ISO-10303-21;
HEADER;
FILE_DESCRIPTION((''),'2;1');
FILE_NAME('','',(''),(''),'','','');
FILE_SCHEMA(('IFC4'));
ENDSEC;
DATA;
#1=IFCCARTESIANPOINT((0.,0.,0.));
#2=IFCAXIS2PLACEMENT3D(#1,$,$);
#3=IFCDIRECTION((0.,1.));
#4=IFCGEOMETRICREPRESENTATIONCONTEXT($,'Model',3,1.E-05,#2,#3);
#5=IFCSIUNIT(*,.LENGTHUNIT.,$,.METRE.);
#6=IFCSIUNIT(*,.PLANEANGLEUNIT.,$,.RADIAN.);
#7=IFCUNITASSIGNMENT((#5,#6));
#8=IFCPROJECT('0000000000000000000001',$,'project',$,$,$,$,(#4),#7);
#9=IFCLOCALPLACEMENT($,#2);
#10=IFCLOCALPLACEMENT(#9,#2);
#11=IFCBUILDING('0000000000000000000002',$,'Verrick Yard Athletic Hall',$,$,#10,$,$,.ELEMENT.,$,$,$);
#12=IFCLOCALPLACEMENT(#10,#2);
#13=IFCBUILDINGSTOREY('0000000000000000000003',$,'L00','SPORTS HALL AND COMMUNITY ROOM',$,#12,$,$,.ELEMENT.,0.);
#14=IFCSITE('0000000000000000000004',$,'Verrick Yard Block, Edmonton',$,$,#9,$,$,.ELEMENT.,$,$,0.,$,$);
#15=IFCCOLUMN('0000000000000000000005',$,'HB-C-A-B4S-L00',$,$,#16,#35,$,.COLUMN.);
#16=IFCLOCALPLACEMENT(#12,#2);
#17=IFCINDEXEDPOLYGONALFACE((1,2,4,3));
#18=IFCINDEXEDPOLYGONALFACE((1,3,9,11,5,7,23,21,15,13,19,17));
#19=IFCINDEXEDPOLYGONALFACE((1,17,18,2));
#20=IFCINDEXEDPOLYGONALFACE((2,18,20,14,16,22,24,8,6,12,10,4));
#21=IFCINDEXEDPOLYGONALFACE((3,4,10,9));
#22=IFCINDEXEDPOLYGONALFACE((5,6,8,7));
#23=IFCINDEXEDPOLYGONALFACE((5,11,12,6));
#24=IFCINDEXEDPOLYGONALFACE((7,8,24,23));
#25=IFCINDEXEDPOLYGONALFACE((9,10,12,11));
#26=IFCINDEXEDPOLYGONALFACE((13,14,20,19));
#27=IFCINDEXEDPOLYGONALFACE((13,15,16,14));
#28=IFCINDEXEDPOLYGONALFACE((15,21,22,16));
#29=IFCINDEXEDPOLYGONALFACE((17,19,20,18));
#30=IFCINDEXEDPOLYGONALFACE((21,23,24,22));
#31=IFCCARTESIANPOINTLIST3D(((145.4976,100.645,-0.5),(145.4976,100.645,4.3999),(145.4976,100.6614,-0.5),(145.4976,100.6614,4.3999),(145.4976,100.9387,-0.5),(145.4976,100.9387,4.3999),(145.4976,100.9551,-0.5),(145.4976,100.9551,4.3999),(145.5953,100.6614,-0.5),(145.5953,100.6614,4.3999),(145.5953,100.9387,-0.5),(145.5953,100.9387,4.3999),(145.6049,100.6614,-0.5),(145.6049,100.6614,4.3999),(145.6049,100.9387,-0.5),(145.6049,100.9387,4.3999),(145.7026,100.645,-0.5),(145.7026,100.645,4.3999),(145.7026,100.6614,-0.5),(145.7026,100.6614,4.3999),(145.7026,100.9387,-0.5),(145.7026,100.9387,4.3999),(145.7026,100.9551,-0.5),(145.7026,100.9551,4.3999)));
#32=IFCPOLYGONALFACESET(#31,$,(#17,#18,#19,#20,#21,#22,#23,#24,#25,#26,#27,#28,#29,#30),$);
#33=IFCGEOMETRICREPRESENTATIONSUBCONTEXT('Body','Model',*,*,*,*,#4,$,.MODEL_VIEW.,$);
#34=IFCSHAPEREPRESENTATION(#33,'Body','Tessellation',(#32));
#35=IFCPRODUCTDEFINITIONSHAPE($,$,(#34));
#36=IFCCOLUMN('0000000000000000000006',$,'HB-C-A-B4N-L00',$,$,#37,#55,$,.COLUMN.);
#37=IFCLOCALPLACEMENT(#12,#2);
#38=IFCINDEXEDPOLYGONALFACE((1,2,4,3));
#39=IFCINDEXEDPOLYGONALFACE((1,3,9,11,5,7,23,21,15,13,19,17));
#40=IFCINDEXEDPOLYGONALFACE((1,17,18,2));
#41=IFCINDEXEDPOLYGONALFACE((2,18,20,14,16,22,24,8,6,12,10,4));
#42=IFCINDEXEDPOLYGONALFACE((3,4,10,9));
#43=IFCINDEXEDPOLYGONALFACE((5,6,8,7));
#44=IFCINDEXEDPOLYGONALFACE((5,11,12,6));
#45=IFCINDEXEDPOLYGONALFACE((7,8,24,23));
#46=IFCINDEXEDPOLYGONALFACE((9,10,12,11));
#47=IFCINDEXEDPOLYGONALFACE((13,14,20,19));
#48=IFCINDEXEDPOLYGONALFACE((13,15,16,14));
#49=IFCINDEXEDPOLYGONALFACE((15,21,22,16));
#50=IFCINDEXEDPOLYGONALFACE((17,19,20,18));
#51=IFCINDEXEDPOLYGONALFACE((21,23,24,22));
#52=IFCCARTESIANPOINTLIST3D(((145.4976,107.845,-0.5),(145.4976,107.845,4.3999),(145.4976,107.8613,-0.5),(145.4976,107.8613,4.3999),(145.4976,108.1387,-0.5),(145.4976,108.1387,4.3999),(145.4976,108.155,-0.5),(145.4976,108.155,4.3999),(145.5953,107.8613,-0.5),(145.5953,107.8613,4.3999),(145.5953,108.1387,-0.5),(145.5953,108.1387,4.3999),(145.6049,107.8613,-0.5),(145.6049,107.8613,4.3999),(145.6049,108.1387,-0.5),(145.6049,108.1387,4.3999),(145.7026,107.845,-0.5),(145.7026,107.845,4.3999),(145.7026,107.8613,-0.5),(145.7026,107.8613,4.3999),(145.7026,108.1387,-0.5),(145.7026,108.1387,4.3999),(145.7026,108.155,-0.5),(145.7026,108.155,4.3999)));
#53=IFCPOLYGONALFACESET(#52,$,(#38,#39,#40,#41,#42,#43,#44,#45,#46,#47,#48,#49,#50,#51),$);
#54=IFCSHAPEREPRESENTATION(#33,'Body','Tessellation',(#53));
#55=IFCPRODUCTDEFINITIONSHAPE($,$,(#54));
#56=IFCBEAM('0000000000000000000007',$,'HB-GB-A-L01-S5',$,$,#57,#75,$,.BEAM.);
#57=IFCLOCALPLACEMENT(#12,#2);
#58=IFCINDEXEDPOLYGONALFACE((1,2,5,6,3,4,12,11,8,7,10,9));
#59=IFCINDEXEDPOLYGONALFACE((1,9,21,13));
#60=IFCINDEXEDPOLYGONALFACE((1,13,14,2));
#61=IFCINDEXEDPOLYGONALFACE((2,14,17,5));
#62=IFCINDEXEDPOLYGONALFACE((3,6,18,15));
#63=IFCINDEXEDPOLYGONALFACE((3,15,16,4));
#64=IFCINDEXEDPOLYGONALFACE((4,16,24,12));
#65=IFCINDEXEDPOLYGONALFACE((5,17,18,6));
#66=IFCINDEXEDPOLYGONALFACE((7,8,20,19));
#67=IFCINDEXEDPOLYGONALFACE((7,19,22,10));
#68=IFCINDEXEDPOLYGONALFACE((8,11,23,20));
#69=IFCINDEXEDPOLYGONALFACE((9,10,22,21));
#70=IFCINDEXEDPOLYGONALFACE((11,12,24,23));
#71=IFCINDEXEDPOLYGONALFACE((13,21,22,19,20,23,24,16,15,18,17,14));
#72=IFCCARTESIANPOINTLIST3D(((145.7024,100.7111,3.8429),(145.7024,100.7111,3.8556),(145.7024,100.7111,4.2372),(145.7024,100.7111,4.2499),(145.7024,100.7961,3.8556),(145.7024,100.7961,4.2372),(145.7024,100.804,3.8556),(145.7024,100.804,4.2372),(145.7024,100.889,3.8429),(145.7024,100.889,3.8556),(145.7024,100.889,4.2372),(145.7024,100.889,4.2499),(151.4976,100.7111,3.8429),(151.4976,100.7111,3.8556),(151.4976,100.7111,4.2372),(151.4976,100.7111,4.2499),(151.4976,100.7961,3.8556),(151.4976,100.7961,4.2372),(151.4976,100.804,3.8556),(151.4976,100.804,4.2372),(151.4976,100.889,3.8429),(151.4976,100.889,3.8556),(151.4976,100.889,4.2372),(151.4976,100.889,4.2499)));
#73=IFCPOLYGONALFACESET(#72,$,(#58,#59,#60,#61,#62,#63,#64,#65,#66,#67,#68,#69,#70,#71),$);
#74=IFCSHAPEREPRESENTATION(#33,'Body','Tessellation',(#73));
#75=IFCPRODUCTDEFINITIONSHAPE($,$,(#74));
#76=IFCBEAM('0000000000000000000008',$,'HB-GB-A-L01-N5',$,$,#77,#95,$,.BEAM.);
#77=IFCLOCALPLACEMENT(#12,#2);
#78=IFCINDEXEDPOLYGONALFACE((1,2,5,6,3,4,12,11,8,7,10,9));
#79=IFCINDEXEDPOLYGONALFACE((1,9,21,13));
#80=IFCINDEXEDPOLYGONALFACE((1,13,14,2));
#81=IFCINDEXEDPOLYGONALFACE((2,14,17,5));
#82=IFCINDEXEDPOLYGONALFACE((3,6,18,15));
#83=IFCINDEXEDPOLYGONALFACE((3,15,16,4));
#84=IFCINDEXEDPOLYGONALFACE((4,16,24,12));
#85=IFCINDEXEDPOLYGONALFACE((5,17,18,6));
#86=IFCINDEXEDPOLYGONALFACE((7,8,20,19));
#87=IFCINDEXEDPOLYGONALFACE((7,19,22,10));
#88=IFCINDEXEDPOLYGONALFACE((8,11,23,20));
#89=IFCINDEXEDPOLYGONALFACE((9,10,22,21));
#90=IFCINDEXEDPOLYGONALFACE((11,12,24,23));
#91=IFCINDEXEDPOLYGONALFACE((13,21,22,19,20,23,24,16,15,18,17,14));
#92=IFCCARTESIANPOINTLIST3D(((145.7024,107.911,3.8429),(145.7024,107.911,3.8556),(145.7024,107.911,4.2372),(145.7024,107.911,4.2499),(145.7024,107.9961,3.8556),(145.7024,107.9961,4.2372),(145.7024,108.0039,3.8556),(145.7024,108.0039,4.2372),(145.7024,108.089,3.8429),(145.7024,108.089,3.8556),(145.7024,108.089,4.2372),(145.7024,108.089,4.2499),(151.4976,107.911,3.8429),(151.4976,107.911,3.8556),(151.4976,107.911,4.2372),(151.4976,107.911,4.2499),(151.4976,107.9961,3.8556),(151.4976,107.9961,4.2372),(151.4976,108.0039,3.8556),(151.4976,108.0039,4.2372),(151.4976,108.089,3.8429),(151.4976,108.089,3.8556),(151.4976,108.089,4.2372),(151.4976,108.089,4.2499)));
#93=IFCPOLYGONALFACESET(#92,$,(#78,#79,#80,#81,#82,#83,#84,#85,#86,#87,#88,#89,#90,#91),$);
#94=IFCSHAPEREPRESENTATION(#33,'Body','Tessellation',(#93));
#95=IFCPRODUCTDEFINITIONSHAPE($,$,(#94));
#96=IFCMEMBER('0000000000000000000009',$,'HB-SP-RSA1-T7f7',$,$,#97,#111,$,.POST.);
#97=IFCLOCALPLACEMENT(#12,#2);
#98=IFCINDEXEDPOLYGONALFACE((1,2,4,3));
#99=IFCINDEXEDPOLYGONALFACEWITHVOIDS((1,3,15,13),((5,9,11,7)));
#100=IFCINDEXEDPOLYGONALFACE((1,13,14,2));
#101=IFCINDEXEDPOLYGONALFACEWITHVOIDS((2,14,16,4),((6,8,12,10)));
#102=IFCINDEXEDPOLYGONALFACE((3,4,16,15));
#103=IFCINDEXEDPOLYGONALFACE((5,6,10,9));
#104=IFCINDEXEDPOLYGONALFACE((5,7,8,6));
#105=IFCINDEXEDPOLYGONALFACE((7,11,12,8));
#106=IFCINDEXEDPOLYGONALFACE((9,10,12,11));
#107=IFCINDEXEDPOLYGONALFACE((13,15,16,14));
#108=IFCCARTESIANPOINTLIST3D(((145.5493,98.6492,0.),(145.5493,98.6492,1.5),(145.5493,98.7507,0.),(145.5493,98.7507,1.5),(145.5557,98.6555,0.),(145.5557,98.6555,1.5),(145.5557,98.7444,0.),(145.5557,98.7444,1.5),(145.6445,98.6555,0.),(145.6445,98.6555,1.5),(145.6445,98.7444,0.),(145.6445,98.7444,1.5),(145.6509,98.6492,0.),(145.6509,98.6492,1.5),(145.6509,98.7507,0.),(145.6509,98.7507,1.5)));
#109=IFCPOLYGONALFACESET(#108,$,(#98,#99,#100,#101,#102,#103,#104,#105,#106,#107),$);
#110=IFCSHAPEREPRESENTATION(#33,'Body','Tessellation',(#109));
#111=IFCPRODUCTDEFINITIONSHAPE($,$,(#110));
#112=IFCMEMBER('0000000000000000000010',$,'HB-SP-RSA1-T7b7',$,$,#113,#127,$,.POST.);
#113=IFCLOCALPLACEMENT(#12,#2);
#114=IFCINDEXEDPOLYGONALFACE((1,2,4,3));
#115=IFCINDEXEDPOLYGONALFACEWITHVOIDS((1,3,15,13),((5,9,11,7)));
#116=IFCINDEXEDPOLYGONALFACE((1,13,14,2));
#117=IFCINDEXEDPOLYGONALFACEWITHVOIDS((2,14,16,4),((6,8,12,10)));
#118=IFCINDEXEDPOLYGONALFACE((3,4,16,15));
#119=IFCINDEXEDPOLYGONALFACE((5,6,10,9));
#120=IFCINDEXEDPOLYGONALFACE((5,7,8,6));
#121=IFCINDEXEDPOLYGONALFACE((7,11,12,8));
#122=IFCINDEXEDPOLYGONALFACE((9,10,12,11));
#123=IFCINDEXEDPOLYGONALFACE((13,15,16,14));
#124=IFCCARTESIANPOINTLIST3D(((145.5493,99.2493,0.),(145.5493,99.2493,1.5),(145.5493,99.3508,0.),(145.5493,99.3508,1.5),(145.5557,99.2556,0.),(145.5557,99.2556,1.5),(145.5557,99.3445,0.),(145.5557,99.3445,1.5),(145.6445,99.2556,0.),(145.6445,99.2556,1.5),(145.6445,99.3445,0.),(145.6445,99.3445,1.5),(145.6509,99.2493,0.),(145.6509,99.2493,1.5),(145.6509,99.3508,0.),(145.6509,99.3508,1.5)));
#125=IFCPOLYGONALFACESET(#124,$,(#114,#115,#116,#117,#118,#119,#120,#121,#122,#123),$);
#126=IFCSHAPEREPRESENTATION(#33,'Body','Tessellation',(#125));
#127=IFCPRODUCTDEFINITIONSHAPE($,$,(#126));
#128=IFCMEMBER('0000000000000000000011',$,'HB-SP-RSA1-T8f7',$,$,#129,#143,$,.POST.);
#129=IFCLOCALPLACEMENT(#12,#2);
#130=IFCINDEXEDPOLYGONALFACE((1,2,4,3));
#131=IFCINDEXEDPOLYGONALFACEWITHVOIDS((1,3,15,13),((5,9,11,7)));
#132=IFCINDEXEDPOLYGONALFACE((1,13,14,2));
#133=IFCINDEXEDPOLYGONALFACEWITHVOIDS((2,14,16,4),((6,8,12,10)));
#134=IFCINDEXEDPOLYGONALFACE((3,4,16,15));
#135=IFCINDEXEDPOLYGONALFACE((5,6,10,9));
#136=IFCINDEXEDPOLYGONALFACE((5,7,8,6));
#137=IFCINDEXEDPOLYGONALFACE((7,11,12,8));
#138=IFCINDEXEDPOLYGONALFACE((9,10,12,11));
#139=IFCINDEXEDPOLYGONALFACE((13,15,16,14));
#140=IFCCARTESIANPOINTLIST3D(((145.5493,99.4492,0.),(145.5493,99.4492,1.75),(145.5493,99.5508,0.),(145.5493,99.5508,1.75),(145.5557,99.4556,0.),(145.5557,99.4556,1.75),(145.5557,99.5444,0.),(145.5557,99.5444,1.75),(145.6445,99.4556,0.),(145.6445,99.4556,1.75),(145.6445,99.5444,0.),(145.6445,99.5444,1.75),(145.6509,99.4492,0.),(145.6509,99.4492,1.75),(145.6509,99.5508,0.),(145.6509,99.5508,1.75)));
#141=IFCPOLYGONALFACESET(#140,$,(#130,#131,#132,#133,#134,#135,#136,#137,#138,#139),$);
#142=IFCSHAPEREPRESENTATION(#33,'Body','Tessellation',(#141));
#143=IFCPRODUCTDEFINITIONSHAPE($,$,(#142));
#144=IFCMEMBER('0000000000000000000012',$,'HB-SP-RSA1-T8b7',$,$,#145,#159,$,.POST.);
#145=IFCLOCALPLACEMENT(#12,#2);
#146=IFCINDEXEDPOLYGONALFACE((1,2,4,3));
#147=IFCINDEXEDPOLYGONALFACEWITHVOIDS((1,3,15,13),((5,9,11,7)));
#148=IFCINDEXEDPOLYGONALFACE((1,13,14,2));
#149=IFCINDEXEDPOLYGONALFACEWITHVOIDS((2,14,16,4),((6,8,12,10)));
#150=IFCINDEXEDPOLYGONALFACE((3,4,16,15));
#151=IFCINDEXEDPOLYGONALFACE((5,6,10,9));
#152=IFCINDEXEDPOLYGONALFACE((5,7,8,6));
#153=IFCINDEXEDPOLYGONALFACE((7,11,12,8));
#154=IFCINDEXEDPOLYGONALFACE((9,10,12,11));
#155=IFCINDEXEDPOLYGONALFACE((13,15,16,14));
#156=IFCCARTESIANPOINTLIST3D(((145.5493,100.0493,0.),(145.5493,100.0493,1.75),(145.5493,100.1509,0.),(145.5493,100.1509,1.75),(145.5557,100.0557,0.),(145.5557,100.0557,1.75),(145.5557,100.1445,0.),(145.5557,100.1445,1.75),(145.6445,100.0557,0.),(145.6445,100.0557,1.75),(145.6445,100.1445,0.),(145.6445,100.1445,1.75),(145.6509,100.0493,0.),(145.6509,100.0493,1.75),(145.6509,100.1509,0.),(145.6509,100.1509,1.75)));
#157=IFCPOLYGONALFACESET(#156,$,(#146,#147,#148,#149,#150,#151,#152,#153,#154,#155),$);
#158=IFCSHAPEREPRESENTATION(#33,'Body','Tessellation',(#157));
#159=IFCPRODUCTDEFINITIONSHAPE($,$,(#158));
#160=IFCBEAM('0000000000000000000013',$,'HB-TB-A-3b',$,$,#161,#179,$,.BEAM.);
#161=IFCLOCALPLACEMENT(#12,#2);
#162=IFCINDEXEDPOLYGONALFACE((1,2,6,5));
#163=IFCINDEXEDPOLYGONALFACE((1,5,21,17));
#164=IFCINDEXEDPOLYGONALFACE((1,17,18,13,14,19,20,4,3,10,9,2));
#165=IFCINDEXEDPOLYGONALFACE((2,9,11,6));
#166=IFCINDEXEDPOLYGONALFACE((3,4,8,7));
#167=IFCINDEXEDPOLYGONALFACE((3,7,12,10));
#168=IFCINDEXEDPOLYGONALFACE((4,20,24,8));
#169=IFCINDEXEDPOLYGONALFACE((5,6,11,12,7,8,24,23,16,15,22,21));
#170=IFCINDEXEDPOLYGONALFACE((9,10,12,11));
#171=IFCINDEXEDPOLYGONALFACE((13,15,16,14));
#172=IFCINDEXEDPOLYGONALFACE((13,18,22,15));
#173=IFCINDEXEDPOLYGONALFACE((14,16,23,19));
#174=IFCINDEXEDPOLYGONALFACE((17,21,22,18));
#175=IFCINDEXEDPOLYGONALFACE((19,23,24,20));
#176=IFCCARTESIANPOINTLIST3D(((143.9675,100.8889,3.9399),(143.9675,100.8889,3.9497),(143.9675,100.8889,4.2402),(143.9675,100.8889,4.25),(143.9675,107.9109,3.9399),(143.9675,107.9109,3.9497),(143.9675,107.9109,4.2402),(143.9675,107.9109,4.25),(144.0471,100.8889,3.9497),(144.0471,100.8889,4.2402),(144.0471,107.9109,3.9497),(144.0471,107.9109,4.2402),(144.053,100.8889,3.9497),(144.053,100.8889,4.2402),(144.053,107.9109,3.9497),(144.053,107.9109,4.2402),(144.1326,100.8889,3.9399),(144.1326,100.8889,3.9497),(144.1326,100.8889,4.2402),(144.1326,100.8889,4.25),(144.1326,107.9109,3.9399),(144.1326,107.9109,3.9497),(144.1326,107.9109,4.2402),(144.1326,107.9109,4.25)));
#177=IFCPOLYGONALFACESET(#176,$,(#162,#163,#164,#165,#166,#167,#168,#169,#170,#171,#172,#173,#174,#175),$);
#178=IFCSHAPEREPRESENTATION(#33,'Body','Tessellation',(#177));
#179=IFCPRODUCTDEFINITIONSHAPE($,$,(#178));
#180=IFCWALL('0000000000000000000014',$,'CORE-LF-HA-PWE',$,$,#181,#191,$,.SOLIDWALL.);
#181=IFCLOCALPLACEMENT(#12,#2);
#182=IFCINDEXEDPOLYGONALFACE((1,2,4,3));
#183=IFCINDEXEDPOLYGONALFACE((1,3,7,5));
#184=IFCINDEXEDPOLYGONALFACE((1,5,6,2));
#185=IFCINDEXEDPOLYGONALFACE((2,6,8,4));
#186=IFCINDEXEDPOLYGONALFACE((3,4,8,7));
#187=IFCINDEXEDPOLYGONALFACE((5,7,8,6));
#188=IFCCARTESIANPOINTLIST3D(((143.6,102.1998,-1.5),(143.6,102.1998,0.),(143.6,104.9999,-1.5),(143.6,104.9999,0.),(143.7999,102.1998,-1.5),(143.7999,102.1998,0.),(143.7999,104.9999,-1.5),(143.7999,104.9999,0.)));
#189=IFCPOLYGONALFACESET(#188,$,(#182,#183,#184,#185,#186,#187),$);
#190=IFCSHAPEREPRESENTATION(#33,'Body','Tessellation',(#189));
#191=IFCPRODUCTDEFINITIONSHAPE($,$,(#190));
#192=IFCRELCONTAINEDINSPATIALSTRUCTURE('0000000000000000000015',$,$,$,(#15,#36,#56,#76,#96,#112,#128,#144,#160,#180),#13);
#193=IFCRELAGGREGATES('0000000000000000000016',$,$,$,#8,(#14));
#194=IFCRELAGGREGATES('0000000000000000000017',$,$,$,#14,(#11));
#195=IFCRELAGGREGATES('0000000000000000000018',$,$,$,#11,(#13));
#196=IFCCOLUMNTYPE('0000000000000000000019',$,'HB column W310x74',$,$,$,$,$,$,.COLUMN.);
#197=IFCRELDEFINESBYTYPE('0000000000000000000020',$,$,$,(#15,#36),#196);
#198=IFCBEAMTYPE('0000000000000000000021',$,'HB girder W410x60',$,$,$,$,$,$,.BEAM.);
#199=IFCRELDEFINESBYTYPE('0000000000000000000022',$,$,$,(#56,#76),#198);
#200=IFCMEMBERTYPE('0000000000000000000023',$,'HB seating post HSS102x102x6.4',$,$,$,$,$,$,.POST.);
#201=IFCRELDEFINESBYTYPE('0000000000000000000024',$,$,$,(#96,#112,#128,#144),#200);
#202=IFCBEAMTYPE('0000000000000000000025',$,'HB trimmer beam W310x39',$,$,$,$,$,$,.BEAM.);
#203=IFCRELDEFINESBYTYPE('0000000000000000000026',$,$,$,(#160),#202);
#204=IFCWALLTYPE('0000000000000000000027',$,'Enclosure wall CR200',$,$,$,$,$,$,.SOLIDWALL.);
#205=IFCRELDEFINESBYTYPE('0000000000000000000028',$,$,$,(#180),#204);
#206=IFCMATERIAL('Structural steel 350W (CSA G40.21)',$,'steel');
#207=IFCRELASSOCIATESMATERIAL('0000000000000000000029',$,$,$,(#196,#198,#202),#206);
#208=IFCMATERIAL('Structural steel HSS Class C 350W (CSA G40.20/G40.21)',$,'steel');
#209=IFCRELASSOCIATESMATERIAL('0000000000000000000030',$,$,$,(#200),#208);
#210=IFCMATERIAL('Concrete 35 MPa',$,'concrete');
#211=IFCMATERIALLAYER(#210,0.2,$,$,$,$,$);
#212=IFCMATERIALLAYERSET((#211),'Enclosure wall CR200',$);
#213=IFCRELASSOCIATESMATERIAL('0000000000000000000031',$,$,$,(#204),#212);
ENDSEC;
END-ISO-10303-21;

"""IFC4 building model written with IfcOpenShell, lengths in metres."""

from ifc_helpers import new_model, si_unit, direction, frame, frame_2d, origin, origin_2d, place, context, subcontext, project, spatial, rectangle, hollow_rectangle, i_section, extrude, material, layer, layer_set, material_profile, profile_set, type_object, element, save


model = new_model("IFC4")

# Units and contexts
model_context = context("Model", 3, precision=1e-05, world=origin(), true_north=direction((0.0, 1.0)))
body_context = subcontext(model_context, "Body", "Model", "MODEL_VIEW")
ifc_project = project(units=[si_unit("LENGTHUNIT", "METRE"), si_unit("PLANEANGLEUNIT", "RADIAN")], contexts=[model_context])

# Site, building, storey
site_placement = place(None, origin())
site = spatial("IfcSite", under=ifc_project, at=site_placement, Name="Verrick Yard Block, Edmonton", CompositionType="ELEMENT", RefElevation=0.0)
building_placement = place(site_placement, origin())
building = spatial("IfcBuilding", under=site, at=building_placement, Name="Verrick Yard Athletic Hall", CompositionType="ELEMENT")
storey_placement = place(building_placement, origin())
storey = spatial("IfcBuildingStorey", under=building, at=storey_placement, Name="L00", Description="SPORTS HALL AND COMMUNITY ROOM", CompositionType="ELEMENT", Elevation=0.0)

# Shared definitions
ifc_material_1 = material(Name="Concrete 35 MPa", Category="concrete")

# Columns
ifc_material_2 = material(Name="Structural steel 350W (CSA G40.21)", Category="steel")
ifc_material_profile_1 = material_profile(ifc_material_2, i_section(OverallWidth=0.2051, OverallDepth=0.3101, WebThickness=0.0095, FlangeThickness=0.0164, at=origin_2d()), Name="W310x74")
ifc_profile_set_1 = profile_set([ifc_material_profile_1], Name="Structural steel 350W (CSA G40.21)")
column_type = type_object("IfcColumnType", Name="HB column W310x74", PredefinedType="COLUMN", material=ifc_profile_set_1)
for number, where, z_axis, x_axis, name in (
    (1, (145.6001, 100.8, -0.5), (0.0, 0.0, 1.0), (1.0, 0.0, 0.0), "HB-C-A-B4S-L00"),
    (2, (145.6001, 108.0, -0.5), (0.0, 0.0, 1.0), (1.0, 0.0, 0.0), "HB-C-A-B4N-L00"),
):
    element("IfcColumn", number, at=place(storey_placement, frame(where, z_axis=z_axis, x_axis=x_axis)), inside=storey, type_object=column_type, Name=name, PredefinedType="COLUMN", context=body_context, shape_type="SweptSolid", body=[
        extrude(i_section(OverallWidth=0.2051, OverallDepth=0.3101, WebThickness=0.0095, FlangeThickness=0.0164, at=origin_2d()), origin(), (0.0, 0.0, 1.0), 4.8999),
    ])

# Beams
ifc_material_profile_2 = material_profile(ifc_material_2, i_section(OverallWidth=0.178, OverallDepth=0.407, WebThickness=0.0078, FlangeThickness=0.0127, at=origin_2d()), Name="W410x60")
ifc_profile_set_2 = profile_set([ifc_material_profile_2], Name="Structural steel 350W (CSA G40.21)")
beam_type_1 = type_object("IfcBeamType", Name="HB girder W410x60", PredefinedType="BEAM", material=ifc_profile_set_2)
for number, where, z_axis, x_axis, name in (
    (3, (145.7024, 100.8, 4.0464), (1.0, 0.0, 0.0), (0.0, 1.0, 0.0), "HB-GB-A-L01-S5"),
    (4, (145.7024, 108.0, 4.0464), (1.0, 0.0, 0.0), (0.0, 1.0, 0.0), "HB-GB-A-L01-N5"),
):
    element("IfcBeam", number, at=place(storey_placement, frame(where, z_axis=z_axis, x_axis=x_axis)), inside=storey, type_object=beam_type_1, Name=name, PredefinedType="BEAM", context=body_context, shape_type="SweptSolid", body=[
        extrude(i_section(OverallWidth=0.178, OverallDepth=0.407, WebThickness=0.0078, FlangeThickness=0.0127, at=origin_2d()), origin(), (0.0, 0.0, 1.0), 5.7952),
    ])

# Members
ifc_material_3 = material(Name="Structural steel HSS Class C 350W (CSA G40.20/G40.21)", Category="steel")
ifc_material_profile_3 = material_profile(ifc_material_3, hollow_rectangle(XDim=0.1016, YDim=0.1016, WallThickness=0.0063, at=origin_2d()), Name="HSS102x102x6.4")
ifc_profile_set_3 = profile_set([ifc_material_profile_3], Name="Structural steel HSS Class C 350W (CSA G40.20/G40.21)")
member_type = type_object("IfcMemberType", Name="HB seating post HSS102x102x6.4", PredefinedType="POST", material=ifc_profile_set_3)
for number, where, z_axis, x_axis, name in (
    (5, (145.6001, 98.7, 0.0), (0.0, 0.0, 1.0), (0.0, 1.0, 0.0), "HB-SP-RSA1-T7f7"),
    (6, (145.6001, 99.3, 0.0), (0.0, 0.0, 1.0), (0.0, 1.0, 0.0), "HB-SP-RSA1-T7b7"),
):
    element("IfcMember", number, at=place(storey_placement, frame(where, z_axis=z_axis, x_axis=x_axis)), inside=storey, type_object=member_type, Name=name, PredefinedType="POST", context=body_context, shape_type="SweptSolid", body=[
        extrude(hollow_rectangle(XDim=0.1016, YDim=0.1016, WallThickness=0.0063, at=origin_2d()), origin(), (0.0, 0.0, 1.0), 1.5),
    ])
for number, where, z_axis, x_axis, name in (
    (7, (145.6001, 99.5, 0.0), (0.0, 0.0, 1.0), (0.0, 1.0, 0.0), "HB-SP-RSA1-T8f7"),
    (8, (145.6001, 100.1001, 0.0), (0.0, 0.0, 1.0), (0.0, 1.0, 0.0), "HB-SP-RSA1-T8b7"),
):
    element("IfcMember", number, at=place(storey_placement, frame(where, z_axis=z_axis, x_axis=x_axis)), inside=storey, type_object=member_type, Name=name, PredefinedType="POST", context=body_context, shape_type="SweptSolid", body=[
        extrude(hollow_rectangle(XDim=0.1016, YDim=0.1016, WallThickness=0.0063, at=origin_2d()), origin(), (0.0, 0.0, 1.0), 1.75),
    ])

# Beam
ifc_material_profile_4 = material_profile(ifc_material_2, i_section(OverallWidth=0.165, OverallDepth=0.3101, WebThickness=0.0059, FlangeThickness=0.0098, at=origin_2d()), Name="W310x39")
ifc_profile_set_4 = profile_set([ifc_material_profile_4], Name="Structural steel 350W (CSA G40.21)")
beam_type_2 = type_object("IfcBeamType", Name="HB trimmer beam W310x39", PredefinedType="BEAM", material=ifc_profile_set_4)
beam_placement = place(storey_placement, frame((144.05, 100.8889, 4.095), z_axis=(0.0, 1.0, 0.0), x_axis=(-1.0, 0.0, 0.0)))
element("IfcBeam", 9, at=beam_placement, inside=storey, type_object=beam_type_2, Name="HB-TB-A-3b", PredefinedType="BEAM", context=body_context, shape_type="SweptSolid", body=[
    extrude(i_section(OverallWidth=0.165, OverallDepth=0.3101, WebThickness=0.0059, FlangeThickness=0.0098, at=origin_2d()), origin(), (0.0, 0.0, 1.0), 7.022),
])

# Wall
ifc_layer_1 = layer(ifc_material_1, 0.2)
ifc_layer_set_1 = layer_set([ifc_layer_1], Name="Enclosure wall CR200")
wall_type_1 = type_object("IfcWallType", Name="Enclosure wall CR200", PredefinedType="SOLIDWALL", material=ifc_layer_set_1)
wall_1_placement = place(storey_placement, frame((143.7, 102.2, -1.5), z_axis=(0.0, 0.0, 1.0), x_axis=(0.0, 1.0, 0.0)))
element("IfcWall", 10, at=wall_1_placement, inside=storey, type_object=wall_type_1, Name="CORE-LF-HA-PWE", PredefinedType="SOLIDWALL", context=body_context, shape_type="SweptSolid", body=[
    extrude(rectangle(XDim=2.8, YDim=0.2, at=frame_2d((1.3999, 0.0))), origin(), (0.0, 0.0, 1.0), 1.5),
])

save(model, "model.ifc")
